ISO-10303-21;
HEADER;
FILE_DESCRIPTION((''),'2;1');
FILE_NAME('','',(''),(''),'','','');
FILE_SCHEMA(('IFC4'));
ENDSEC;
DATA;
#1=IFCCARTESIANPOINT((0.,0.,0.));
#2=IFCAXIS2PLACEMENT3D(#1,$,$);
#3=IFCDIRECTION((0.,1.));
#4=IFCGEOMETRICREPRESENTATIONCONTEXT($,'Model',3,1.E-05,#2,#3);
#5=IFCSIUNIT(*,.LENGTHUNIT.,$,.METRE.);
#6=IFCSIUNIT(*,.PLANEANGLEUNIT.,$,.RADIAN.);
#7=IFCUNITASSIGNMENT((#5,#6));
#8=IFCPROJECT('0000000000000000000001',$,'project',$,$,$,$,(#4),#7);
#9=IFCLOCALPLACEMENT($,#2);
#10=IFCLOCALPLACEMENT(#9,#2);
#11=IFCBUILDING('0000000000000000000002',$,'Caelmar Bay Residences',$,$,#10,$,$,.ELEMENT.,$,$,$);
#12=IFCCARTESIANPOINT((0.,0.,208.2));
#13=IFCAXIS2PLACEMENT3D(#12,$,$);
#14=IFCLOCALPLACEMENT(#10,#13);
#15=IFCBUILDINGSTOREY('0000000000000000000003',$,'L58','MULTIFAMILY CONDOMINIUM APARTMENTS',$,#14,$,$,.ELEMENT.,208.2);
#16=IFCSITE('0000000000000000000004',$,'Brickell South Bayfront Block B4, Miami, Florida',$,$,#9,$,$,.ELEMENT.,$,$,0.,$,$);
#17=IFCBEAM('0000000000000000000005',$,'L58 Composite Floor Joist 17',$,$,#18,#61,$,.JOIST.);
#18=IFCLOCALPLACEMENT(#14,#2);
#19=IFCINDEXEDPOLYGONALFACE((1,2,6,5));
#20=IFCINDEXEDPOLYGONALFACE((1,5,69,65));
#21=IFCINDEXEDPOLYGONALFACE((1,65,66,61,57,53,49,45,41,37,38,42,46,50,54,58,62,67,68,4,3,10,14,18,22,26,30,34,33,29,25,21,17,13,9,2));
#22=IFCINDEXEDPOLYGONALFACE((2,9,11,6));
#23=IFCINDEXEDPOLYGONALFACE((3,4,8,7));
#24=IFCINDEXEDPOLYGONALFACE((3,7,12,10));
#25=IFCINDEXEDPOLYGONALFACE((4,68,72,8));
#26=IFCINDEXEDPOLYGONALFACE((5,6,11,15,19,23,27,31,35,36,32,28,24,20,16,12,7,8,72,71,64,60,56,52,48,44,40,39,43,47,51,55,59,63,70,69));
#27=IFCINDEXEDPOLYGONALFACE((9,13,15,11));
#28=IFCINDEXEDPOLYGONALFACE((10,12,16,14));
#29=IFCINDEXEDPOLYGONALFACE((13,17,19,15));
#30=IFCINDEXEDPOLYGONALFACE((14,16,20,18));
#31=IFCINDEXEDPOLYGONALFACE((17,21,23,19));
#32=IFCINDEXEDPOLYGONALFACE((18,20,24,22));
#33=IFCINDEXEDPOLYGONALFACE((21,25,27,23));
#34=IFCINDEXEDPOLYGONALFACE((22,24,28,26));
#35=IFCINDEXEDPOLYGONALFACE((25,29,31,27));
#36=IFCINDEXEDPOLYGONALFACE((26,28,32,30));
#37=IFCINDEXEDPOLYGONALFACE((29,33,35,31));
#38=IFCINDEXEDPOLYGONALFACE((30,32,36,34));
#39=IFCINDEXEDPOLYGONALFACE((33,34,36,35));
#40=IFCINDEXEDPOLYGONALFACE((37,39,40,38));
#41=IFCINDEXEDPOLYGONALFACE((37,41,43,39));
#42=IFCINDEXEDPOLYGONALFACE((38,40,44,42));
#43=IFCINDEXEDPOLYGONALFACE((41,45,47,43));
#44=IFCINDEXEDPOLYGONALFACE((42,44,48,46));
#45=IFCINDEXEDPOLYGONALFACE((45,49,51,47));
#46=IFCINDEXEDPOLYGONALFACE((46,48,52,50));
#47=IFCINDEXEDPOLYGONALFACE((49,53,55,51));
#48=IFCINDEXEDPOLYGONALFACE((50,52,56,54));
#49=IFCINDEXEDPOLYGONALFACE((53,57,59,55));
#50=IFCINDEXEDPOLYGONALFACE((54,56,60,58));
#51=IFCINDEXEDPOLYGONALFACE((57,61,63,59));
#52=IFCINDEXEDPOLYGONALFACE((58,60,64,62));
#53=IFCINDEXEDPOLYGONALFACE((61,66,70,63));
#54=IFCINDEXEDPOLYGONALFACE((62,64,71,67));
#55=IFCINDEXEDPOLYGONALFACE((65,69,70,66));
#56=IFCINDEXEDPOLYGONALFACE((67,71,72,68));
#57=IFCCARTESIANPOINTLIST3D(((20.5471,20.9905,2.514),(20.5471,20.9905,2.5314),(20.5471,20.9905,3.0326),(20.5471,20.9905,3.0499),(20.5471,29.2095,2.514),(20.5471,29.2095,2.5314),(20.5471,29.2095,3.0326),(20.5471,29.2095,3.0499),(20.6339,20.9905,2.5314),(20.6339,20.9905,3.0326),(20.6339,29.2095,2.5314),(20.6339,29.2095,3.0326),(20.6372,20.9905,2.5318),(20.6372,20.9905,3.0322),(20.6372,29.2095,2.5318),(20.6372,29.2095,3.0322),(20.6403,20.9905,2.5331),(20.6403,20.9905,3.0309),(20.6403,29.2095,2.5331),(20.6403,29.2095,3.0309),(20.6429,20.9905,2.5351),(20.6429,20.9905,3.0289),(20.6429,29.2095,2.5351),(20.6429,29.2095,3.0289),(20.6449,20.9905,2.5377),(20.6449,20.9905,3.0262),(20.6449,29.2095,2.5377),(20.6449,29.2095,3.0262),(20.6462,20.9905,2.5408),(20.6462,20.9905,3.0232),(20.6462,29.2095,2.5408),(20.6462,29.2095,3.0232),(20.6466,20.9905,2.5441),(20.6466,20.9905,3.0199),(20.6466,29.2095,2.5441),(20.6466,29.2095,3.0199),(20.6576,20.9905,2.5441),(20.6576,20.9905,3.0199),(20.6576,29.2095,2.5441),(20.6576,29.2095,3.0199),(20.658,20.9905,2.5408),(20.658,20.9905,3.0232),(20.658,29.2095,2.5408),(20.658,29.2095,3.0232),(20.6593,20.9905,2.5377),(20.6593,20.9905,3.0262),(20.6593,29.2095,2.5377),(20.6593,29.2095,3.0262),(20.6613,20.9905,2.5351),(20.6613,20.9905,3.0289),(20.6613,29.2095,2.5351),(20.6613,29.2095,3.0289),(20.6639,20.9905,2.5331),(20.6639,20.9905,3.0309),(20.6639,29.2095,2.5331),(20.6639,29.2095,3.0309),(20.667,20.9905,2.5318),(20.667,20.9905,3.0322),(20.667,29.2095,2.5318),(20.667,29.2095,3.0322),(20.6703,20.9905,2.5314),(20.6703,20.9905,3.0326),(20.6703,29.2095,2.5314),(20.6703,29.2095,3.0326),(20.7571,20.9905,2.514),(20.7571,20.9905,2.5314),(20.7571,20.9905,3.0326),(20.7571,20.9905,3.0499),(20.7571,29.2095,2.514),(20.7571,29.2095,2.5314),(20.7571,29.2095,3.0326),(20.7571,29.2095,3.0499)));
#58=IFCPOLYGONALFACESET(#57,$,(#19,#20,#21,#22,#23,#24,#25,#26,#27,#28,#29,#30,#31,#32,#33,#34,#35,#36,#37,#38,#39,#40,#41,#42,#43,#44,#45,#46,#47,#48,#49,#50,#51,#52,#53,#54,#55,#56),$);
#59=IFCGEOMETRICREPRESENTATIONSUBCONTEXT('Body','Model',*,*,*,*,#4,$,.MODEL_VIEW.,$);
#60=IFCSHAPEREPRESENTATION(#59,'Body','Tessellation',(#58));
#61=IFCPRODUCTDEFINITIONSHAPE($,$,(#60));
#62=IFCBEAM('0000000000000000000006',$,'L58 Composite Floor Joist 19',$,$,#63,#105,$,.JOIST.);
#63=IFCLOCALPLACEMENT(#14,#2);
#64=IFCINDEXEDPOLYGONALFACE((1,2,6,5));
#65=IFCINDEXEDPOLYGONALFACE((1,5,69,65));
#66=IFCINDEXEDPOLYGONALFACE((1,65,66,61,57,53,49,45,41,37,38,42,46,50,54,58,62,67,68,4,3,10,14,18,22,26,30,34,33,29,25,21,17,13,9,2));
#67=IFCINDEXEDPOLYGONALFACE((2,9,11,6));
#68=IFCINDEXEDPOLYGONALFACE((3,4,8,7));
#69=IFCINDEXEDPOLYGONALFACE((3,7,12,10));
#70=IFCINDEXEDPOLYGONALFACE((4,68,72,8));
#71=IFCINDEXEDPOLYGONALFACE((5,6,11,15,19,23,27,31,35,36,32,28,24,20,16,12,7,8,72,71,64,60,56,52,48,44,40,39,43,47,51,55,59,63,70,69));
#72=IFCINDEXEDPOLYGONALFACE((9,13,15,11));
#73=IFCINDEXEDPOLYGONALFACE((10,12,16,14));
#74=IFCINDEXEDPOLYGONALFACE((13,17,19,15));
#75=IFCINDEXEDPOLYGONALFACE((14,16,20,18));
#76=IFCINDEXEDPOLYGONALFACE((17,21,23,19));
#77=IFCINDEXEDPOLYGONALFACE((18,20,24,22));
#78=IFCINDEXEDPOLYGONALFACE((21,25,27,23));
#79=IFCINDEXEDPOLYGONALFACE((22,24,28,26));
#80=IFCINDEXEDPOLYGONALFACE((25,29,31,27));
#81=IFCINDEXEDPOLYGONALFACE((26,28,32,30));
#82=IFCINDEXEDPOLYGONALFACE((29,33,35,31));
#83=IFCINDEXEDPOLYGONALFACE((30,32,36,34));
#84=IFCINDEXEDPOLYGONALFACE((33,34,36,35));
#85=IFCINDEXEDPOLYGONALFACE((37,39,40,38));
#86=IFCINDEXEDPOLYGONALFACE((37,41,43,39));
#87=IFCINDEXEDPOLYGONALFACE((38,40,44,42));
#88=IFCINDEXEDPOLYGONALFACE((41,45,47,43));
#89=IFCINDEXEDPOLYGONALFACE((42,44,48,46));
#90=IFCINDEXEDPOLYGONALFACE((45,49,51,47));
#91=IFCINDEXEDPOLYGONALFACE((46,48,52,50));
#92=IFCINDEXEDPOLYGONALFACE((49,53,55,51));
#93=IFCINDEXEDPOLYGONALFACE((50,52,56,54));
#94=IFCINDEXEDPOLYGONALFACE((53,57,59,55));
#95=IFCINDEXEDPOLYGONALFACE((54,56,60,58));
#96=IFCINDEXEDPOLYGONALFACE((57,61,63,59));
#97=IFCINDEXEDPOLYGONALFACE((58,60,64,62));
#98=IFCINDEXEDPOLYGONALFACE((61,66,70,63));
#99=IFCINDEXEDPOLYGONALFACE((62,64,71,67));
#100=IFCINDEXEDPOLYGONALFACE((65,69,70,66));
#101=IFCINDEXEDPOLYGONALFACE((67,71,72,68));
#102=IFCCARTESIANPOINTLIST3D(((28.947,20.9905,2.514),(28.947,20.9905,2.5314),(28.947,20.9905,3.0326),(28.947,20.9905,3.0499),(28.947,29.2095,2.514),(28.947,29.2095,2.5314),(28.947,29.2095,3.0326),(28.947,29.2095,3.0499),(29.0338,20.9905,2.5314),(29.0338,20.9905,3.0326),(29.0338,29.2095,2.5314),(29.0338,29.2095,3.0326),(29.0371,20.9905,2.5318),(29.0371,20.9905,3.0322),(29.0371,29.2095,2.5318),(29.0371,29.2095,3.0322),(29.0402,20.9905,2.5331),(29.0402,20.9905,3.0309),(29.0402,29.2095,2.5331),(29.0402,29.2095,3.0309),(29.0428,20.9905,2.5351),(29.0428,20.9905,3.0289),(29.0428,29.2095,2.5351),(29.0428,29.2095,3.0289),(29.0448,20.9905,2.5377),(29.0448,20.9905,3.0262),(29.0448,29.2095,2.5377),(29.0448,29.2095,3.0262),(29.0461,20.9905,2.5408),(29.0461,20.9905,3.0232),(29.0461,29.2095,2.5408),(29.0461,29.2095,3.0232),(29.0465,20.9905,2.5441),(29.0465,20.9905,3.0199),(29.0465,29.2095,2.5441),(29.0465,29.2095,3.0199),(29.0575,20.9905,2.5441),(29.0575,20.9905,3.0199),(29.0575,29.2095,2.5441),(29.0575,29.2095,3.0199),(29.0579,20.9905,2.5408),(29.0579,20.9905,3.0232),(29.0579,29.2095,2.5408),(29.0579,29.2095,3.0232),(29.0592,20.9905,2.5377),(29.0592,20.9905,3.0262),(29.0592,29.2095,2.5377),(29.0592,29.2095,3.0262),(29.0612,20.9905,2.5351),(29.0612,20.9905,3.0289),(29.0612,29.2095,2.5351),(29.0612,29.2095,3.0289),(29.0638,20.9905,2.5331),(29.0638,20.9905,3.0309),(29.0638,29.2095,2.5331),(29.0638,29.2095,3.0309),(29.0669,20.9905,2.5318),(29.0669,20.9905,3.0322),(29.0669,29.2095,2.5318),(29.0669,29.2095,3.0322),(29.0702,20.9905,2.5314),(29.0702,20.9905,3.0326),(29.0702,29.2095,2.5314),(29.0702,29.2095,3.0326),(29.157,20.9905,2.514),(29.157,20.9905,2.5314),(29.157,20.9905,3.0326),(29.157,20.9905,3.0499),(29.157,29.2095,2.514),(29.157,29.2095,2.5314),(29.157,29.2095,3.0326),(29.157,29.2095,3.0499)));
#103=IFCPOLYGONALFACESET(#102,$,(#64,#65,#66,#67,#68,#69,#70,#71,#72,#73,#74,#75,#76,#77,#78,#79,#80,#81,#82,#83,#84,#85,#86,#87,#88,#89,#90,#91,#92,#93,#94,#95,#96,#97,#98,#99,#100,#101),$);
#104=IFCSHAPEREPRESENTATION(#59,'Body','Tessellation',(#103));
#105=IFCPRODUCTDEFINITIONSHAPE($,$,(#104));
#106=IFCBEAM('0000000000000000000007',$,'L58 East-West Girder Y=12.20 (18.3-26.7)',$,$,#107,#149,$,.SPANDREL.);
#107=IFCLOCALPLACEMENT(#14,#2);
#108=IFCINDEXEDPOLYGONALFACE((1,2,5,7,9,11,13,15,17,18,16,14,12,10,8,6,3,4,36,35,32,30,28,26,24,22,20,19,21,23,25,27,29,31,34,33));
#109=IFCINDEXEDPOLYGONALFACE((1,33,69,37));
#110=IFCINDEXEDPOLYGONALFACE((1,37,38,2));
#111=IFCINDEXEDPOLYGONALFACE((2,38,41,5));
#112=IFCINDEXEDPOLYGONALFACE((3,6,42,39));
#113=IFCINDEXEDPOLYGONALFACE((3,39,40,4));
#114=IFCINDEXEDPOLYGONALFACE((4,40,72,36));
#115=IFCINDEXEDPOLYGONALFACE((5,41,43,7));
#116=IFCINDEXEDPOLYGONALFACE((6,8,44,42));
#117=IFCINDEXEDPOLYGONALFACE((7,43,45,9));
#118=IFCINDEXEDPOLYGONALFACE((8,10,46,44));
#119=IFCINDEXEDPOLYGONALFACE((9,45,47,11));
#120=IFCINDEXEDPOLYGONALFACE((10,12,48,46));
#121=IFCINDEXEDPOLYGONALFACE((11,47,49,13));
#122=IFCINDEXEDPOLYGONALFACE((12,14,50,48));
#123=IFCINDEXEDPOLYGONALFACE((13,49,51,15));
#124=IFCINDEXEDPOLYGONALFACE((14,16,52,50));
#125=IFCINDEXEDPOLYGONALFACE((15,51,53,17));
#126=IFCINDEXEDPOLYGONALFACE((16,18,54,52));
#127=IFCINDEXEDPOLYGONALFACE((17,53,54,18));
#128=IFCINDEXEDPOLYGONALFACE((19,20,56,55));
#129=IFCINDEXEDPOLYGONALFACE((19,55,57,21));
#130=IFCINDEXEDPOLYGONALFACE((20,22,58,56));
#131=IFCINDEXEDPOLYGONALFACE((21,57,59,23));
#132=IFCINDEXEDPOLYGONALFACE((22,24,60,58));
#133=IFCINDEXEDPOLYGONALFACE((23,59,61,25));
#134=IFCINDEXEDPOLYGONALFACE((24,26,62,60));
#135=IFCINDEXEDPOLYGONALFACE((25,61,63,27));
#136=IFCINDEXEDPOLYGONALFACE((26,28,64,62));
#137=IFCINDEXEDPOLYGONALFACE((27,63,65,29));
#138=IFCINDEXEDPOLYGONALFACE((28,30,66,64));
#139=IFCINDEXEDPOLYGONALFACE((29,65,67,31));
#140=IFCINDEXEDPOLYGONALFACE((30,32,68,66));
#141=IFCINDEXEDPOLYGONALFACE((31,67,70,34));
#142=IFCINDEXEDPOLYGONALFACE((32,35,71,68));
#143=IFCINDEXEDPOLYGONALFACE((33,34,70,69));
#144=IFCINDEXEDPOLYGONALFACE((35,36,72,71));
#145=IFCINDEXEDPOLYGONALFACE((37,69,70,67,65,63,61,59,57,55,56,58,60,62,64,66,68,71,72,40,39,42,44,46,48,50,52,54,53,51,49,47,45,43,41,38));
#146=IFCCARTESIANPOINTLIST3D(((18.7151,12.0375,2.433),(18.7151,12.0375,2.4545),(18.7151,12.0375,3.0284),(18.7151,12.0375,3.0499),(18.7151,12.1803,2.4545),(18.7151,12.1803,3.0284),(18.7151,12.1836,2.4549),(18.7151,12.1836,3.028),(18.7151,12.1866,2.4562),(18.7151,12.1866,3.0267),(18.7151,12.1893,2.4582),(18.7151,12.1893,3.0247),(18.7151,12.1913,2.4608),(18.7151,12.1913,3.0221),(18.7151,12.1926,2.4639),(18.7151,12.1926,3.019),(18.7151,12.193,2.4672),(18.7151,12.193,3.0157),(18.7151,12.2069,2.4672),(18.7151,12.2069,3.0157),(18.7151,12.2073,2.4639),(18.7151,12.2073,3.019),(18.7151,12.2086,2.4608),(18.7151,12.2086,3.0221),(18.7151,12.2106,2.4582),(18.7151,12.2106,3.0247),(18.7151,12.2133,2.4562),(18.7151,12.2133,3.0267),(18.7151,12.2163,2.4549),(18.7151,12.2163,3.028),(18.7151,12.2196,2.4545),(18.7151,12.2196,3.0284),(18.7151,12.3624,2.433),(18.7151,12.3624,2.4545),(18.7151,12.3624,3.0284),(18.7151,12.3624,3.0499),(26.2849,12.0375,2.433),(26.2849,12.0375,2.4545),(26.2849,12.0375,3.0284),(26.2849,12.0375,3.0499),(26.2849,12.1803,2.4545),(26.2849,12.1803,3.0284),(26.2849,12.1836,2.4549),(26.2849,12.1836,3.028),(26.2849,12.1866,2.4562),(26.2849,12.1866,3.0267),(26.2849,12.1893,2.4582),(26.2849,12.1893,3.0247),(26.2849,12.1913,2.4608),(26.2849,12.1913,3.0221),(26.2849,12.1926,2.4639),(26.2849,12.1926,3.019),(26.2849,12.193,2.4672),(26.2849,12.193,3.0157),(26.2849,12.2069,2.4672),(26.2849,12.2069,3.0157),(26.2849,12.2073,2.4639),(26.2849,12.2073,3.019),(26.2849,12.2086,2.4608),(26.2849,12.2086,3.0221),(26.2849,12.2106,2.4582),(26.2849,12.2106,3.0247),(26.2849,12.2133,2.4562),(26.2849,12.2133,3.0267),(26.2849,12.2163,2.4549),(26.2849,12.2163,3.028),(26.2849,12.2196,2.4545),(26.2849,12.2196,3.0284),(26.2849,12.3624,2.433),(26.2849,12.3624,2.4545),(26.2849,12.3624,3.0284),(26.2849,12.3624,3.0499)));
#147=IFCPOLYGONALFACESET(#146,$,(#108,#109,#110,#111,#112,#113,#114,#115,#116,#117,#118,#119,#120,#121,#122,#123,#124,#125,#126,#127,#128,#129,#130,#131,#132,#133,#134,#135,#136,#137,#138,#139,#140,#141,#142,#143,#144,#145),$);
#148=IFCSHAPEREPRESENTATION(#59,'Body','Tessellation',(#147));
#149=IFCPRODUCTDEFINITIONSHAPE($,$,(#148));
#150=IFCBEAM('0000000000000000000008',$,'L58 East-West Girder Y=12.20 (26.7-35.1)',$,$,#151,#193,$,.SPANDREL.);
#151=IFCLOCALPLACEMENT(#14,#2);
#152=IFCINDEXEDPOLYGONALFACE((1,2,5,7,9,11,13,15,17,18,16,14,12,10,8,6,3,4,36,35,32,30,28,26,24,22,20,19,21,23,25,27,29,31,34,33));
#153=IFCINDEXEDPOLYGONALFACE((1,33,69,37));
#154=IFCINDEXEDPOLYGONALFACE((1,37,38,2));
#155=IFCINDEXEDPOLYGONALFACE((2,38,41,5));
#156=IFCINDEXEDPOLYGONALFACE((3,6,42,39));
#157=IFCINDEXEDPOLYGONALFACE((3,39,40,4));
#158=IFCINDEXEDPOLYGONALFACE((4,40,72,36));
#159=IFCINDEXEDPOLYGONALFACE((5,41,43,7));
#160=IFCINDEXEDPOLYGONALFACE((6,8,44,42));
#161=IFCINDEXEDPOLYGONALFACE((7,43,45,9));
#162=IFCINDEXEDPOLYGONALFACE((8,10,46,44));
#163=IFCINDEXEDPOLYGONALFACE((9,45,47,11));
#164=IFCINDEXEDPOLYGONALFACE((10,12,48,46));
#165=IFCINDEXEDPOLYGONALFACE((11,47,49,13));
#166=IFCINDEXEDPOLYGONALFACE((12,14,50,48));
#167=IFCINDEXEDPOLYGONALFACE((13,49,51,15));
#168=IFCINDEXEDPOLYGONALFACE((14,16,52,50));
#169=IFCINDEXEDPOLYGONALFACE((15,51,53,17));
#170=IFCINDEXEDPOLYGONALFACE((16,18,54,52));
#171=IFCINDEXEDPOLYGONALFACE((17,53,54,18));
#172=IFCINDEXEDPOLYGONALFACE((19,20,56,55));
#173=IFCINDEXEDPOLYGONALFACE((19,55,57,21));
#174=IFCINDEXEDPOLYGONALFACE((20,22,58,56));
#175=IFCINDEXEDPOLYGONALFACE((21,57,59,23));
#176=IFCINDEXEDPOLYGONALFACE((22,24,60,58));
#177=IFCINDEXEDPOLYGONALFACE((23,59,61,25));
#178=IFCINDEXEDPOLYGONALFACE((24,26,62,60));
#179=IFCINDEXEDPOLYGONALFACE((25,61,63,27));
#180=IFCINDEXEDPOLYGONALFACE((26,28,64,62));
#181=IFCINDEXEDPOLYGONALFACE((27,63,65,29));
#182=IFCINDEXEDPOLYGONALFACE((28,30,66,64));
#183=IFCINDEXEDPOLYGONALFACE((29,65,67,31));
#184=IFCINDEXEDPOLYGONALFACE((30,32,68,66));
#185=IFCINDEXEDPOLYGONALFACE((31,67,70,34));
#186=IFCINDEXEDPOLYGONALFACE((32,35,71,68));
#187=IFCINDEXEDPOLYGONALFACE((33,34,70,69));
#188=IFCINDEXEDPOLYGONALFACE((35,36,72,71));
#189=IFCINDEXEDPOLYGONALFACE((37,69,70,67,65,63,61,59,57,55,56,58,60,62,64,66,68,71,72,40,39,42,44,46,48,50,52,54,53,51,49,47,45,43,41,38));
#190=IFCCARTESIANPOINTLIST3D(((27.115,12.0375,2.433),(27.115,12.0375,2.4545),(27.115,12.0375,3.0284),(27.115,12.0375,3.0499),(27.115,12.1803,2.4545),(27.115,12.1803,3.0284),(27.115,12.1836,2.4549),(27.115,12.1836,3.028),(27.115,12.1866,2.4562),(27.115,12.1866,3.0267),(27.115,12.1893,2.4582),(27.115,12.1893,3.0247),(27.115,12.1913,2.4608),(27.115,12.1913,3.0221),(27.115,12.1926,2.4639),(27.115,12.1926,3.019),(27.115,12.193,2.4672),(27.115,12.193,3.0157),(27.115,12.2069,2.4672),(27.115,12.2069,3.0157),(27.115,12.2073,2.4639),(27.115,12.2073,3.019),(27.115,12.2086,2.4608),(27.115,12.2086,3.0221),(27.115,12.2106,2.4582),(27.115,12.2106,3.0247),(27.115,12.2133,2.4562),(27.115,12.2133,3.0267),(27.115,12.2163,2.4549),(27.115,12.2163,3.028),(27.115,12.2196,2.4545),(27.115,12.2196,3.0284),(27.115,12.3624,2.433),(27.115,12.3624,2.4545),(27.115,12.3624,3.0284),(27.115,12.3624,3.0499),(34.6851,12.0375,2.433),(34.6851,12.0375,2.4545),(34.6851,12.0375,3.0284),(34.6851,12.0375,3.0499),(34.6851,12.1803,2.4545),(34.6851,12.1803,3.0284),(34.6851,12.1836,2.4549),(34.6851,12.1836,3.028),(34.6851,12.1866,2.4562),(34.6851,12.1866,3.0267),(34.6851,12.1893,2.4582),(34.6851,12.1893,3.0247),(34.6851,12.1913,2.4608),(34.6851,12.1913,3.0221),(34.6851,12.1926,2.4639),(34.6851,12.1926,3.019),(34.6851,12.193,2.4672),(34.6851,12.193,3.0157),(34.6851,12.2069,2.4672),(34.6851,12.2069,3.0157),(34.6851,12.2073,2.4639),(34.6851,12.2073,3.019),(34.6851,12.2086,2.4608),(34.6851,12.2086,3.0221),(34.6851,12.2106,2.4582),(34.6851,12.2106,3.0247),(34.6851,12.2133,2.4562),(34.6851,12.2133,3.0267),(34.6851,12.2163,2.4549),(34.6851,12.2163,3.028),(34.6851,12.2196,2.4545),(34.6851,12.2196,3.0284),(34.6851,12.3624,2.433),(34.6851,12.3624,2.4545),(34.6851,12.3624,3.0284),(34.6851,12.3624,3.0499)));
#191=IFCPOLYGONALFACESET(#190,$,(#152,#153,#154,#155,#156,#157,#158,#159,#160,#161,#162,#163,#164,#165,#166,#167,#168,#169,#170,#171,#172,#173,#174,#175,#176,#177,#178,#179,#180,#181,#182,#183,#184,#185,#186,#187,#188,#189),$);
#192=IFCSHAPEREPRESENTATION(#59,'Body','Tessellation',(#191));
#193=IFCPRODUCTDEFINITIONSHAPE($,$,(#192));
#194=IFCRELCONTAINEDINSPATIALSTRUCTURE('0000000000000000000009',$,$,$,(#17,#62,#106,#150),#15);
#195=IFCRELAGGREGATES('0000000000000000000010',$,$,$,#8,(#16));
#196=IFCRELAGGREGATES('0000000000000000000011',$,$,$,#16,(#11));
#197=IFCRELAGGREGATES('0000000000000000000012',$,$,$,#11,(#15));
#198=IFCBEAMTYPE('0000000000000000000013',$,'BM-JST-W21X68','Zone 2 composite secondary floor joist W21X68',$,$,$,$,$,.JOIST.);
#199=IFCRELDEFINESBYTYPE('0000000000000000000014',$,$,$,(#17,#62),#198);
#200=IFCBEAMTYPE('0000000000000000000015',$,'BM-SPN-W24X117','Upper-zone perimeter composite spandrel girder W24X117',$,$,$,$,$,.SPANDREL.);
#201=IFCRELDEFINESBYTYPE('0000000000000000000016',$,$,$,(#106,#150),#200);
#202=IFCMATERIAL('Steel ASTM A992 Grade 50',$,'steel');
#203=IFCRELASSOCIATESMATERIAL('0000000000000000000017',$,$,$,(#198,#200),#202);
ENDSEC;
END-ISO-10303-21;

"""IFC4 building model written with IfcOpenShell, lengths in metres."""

from ifc_helpers import new_model, si_unit, direction, frame, origin, origin_2d, place, context, subcontext, project, spatial, i_section, extrude, material, material_profile, profile_set, type_object, element, save


model = new_model("IFC4")

# Units and contexts
model_context = context("Model", 3, precision=1e-05, world=origin(), true_north=direction((0.0, 1.0)))
body_context = subcontext(model_context, "Body", "Model", "MODEL_VIEW")
ifc_project = project(units=[si_unit("LENGTHUNIT", "METRE"), si_unit("PLANEANGLEUNIT", "RADIAN")], contexts=[model_context])

# Site, building, storey
site_placement = place(None, origin())
site = spatial("IfcSite", under=ifc_project, at=site_placement, Name="Brickell South Bayfront Block B4, Miami, Florida", CompositionType="ELEMENT", RefElevation=0.0)
building_placement = place(site_placement, origin())
building = spatial("IfcBuilding", under=site, at=building_placement, Name="Caelmar Bay Residences", CompositionType="ELEMENT")
storey_placement = place(building_placement, frame((0.0, 0.0, 208.2)))
storey = spatial("IfcBuildingStorey", under=building, at=storey_placement, Name="L58", Description="MULTIFAMILY CONDOMINIUM APARTMENTS", CompositionType="ELEMENT", Elevation=208.2)

# Beams
ifc_material_1 = material(Name="Steel ASTM A992 Grade 50", Category="steel")
ifc_material_profile_1 = material_profile(ifc_material_1, i_section(OverallWidth=0.21, OverallDepth=0.5359, WebThickness=0.011, FlangeThickness=0.0173, FilletRadius=0.0127, at=origin_2d()), Name="W21X68")
ifc_profile_set_1 = profile_set([ifc_material_profile_1], Name="Steel ASTM A992 Grade 50")
beam_type_1 = type_object("IfcBeamType", Name="BM-JST-W21X68", Description="Zone 2 composite secondary floor joist W21X68", PredefinedType="JOIST", material=ifc_profile_set_1)
for number, where, z_axis, x_axis, name in (
    (1, (20.6521, 20.9905, 2.782), (0.0, 1.0, 0.0), (-1.0, 0.0, 0.0), "L58 Composite Floor Joist 17"),
    (2, (29.052, 20.9905, 2.782), (0.0, 1.0, 0.0), (-1.0, 0.0, 0.0), "L58 Composite Floor Joist 19"),
):
    element("IfcBeam", number, at=place(storey_placement, frame(where, z_axis=z_axis, x_axis=x_axis)), inside=storey, type_object=beam_type_1, Name=name, PredefinedType="JOIST", context=body_context, shape_type="SweptSolid", body=[
        extrude(i_section(OverallWidth=0.21, OverallDepth=0.5359, WebThickness=0.011, FlangeThickness=0.0173, FilletRadius=0.0127, at=origin_2d()), origin(), (0.0, 0.0, 1.0), 8.219),
    ])
ifc_material_profile_2 = material_profile(ifc_material_1, i_section(OverallWidth=0.325, OverallDepth=0.6169, WebThickness=0.0139, FlangeThickness=0.0215, FilletRadius=0.0127, at=origin_2d()), Name="W24X117")
ifc_profile_set_2 = profile_set([ifc_material_profile_2], Name="Steel ASTM A992 Grade 50")
beam_type_2 = type_object("IfcBeamType", Name="BM-SPN-W24X117", Description="Upper-zone perimeter composite spandrel girder W24X117", PredefinedType="SPANDREL", material=ifc_profile_set_2)
beam_1_placement = place(storey_placement, frame((18.7151, 12.2, 2.7415), z_axis=(1.0, 0.0, 0.0), x_axis=(0.0, 1.0, 0.0)))
element("IfcBeam", 3, at=beam_1_placement, inside=storey, type_object=beam_type_2, Name="L58 East-West Girder Y=12.20 (18.3-26.7)", PredefinedType="SPANDREL", context=body_context, shape_type="SweptSolid", body=[
    extrude(i_section(OverallWidth=0.325, OverallDepth=0.6169, WebThickness=0.0139, FlangeThickness=0.0215, FilletRadius=0.0127, at=origin_2d()), origin(), (0.0, 0.0, 1.0), 7.5698),
])
beam_2_placement = place(storey_placement, frame((27.115, 12.2, 2.7415), z_axis=(1.0, 0.0, 0.0), x_axis=(0.0, 1.0, 0.0)))
element("IfcBeam", 4, at=beam_2_placement, inside=storey, type_object=beam_type_2, Name="L58 East-West Girder Y=12.20 (26.7-35.1)", PredefinedType="SPANDREL", context=body_context, shape_type="SweptSolid", body=[
    extrude(i_section(OverallWidth=0.325, OverallDepth=0.6169, WebThickness=0.0139, FlangeThickness=0.0215, FilletRadius=0.0127, at=origin_2d()), origin(), (0.0, 0.0, 1.0), 7.5701),
])

save(model, "model.ifc")
